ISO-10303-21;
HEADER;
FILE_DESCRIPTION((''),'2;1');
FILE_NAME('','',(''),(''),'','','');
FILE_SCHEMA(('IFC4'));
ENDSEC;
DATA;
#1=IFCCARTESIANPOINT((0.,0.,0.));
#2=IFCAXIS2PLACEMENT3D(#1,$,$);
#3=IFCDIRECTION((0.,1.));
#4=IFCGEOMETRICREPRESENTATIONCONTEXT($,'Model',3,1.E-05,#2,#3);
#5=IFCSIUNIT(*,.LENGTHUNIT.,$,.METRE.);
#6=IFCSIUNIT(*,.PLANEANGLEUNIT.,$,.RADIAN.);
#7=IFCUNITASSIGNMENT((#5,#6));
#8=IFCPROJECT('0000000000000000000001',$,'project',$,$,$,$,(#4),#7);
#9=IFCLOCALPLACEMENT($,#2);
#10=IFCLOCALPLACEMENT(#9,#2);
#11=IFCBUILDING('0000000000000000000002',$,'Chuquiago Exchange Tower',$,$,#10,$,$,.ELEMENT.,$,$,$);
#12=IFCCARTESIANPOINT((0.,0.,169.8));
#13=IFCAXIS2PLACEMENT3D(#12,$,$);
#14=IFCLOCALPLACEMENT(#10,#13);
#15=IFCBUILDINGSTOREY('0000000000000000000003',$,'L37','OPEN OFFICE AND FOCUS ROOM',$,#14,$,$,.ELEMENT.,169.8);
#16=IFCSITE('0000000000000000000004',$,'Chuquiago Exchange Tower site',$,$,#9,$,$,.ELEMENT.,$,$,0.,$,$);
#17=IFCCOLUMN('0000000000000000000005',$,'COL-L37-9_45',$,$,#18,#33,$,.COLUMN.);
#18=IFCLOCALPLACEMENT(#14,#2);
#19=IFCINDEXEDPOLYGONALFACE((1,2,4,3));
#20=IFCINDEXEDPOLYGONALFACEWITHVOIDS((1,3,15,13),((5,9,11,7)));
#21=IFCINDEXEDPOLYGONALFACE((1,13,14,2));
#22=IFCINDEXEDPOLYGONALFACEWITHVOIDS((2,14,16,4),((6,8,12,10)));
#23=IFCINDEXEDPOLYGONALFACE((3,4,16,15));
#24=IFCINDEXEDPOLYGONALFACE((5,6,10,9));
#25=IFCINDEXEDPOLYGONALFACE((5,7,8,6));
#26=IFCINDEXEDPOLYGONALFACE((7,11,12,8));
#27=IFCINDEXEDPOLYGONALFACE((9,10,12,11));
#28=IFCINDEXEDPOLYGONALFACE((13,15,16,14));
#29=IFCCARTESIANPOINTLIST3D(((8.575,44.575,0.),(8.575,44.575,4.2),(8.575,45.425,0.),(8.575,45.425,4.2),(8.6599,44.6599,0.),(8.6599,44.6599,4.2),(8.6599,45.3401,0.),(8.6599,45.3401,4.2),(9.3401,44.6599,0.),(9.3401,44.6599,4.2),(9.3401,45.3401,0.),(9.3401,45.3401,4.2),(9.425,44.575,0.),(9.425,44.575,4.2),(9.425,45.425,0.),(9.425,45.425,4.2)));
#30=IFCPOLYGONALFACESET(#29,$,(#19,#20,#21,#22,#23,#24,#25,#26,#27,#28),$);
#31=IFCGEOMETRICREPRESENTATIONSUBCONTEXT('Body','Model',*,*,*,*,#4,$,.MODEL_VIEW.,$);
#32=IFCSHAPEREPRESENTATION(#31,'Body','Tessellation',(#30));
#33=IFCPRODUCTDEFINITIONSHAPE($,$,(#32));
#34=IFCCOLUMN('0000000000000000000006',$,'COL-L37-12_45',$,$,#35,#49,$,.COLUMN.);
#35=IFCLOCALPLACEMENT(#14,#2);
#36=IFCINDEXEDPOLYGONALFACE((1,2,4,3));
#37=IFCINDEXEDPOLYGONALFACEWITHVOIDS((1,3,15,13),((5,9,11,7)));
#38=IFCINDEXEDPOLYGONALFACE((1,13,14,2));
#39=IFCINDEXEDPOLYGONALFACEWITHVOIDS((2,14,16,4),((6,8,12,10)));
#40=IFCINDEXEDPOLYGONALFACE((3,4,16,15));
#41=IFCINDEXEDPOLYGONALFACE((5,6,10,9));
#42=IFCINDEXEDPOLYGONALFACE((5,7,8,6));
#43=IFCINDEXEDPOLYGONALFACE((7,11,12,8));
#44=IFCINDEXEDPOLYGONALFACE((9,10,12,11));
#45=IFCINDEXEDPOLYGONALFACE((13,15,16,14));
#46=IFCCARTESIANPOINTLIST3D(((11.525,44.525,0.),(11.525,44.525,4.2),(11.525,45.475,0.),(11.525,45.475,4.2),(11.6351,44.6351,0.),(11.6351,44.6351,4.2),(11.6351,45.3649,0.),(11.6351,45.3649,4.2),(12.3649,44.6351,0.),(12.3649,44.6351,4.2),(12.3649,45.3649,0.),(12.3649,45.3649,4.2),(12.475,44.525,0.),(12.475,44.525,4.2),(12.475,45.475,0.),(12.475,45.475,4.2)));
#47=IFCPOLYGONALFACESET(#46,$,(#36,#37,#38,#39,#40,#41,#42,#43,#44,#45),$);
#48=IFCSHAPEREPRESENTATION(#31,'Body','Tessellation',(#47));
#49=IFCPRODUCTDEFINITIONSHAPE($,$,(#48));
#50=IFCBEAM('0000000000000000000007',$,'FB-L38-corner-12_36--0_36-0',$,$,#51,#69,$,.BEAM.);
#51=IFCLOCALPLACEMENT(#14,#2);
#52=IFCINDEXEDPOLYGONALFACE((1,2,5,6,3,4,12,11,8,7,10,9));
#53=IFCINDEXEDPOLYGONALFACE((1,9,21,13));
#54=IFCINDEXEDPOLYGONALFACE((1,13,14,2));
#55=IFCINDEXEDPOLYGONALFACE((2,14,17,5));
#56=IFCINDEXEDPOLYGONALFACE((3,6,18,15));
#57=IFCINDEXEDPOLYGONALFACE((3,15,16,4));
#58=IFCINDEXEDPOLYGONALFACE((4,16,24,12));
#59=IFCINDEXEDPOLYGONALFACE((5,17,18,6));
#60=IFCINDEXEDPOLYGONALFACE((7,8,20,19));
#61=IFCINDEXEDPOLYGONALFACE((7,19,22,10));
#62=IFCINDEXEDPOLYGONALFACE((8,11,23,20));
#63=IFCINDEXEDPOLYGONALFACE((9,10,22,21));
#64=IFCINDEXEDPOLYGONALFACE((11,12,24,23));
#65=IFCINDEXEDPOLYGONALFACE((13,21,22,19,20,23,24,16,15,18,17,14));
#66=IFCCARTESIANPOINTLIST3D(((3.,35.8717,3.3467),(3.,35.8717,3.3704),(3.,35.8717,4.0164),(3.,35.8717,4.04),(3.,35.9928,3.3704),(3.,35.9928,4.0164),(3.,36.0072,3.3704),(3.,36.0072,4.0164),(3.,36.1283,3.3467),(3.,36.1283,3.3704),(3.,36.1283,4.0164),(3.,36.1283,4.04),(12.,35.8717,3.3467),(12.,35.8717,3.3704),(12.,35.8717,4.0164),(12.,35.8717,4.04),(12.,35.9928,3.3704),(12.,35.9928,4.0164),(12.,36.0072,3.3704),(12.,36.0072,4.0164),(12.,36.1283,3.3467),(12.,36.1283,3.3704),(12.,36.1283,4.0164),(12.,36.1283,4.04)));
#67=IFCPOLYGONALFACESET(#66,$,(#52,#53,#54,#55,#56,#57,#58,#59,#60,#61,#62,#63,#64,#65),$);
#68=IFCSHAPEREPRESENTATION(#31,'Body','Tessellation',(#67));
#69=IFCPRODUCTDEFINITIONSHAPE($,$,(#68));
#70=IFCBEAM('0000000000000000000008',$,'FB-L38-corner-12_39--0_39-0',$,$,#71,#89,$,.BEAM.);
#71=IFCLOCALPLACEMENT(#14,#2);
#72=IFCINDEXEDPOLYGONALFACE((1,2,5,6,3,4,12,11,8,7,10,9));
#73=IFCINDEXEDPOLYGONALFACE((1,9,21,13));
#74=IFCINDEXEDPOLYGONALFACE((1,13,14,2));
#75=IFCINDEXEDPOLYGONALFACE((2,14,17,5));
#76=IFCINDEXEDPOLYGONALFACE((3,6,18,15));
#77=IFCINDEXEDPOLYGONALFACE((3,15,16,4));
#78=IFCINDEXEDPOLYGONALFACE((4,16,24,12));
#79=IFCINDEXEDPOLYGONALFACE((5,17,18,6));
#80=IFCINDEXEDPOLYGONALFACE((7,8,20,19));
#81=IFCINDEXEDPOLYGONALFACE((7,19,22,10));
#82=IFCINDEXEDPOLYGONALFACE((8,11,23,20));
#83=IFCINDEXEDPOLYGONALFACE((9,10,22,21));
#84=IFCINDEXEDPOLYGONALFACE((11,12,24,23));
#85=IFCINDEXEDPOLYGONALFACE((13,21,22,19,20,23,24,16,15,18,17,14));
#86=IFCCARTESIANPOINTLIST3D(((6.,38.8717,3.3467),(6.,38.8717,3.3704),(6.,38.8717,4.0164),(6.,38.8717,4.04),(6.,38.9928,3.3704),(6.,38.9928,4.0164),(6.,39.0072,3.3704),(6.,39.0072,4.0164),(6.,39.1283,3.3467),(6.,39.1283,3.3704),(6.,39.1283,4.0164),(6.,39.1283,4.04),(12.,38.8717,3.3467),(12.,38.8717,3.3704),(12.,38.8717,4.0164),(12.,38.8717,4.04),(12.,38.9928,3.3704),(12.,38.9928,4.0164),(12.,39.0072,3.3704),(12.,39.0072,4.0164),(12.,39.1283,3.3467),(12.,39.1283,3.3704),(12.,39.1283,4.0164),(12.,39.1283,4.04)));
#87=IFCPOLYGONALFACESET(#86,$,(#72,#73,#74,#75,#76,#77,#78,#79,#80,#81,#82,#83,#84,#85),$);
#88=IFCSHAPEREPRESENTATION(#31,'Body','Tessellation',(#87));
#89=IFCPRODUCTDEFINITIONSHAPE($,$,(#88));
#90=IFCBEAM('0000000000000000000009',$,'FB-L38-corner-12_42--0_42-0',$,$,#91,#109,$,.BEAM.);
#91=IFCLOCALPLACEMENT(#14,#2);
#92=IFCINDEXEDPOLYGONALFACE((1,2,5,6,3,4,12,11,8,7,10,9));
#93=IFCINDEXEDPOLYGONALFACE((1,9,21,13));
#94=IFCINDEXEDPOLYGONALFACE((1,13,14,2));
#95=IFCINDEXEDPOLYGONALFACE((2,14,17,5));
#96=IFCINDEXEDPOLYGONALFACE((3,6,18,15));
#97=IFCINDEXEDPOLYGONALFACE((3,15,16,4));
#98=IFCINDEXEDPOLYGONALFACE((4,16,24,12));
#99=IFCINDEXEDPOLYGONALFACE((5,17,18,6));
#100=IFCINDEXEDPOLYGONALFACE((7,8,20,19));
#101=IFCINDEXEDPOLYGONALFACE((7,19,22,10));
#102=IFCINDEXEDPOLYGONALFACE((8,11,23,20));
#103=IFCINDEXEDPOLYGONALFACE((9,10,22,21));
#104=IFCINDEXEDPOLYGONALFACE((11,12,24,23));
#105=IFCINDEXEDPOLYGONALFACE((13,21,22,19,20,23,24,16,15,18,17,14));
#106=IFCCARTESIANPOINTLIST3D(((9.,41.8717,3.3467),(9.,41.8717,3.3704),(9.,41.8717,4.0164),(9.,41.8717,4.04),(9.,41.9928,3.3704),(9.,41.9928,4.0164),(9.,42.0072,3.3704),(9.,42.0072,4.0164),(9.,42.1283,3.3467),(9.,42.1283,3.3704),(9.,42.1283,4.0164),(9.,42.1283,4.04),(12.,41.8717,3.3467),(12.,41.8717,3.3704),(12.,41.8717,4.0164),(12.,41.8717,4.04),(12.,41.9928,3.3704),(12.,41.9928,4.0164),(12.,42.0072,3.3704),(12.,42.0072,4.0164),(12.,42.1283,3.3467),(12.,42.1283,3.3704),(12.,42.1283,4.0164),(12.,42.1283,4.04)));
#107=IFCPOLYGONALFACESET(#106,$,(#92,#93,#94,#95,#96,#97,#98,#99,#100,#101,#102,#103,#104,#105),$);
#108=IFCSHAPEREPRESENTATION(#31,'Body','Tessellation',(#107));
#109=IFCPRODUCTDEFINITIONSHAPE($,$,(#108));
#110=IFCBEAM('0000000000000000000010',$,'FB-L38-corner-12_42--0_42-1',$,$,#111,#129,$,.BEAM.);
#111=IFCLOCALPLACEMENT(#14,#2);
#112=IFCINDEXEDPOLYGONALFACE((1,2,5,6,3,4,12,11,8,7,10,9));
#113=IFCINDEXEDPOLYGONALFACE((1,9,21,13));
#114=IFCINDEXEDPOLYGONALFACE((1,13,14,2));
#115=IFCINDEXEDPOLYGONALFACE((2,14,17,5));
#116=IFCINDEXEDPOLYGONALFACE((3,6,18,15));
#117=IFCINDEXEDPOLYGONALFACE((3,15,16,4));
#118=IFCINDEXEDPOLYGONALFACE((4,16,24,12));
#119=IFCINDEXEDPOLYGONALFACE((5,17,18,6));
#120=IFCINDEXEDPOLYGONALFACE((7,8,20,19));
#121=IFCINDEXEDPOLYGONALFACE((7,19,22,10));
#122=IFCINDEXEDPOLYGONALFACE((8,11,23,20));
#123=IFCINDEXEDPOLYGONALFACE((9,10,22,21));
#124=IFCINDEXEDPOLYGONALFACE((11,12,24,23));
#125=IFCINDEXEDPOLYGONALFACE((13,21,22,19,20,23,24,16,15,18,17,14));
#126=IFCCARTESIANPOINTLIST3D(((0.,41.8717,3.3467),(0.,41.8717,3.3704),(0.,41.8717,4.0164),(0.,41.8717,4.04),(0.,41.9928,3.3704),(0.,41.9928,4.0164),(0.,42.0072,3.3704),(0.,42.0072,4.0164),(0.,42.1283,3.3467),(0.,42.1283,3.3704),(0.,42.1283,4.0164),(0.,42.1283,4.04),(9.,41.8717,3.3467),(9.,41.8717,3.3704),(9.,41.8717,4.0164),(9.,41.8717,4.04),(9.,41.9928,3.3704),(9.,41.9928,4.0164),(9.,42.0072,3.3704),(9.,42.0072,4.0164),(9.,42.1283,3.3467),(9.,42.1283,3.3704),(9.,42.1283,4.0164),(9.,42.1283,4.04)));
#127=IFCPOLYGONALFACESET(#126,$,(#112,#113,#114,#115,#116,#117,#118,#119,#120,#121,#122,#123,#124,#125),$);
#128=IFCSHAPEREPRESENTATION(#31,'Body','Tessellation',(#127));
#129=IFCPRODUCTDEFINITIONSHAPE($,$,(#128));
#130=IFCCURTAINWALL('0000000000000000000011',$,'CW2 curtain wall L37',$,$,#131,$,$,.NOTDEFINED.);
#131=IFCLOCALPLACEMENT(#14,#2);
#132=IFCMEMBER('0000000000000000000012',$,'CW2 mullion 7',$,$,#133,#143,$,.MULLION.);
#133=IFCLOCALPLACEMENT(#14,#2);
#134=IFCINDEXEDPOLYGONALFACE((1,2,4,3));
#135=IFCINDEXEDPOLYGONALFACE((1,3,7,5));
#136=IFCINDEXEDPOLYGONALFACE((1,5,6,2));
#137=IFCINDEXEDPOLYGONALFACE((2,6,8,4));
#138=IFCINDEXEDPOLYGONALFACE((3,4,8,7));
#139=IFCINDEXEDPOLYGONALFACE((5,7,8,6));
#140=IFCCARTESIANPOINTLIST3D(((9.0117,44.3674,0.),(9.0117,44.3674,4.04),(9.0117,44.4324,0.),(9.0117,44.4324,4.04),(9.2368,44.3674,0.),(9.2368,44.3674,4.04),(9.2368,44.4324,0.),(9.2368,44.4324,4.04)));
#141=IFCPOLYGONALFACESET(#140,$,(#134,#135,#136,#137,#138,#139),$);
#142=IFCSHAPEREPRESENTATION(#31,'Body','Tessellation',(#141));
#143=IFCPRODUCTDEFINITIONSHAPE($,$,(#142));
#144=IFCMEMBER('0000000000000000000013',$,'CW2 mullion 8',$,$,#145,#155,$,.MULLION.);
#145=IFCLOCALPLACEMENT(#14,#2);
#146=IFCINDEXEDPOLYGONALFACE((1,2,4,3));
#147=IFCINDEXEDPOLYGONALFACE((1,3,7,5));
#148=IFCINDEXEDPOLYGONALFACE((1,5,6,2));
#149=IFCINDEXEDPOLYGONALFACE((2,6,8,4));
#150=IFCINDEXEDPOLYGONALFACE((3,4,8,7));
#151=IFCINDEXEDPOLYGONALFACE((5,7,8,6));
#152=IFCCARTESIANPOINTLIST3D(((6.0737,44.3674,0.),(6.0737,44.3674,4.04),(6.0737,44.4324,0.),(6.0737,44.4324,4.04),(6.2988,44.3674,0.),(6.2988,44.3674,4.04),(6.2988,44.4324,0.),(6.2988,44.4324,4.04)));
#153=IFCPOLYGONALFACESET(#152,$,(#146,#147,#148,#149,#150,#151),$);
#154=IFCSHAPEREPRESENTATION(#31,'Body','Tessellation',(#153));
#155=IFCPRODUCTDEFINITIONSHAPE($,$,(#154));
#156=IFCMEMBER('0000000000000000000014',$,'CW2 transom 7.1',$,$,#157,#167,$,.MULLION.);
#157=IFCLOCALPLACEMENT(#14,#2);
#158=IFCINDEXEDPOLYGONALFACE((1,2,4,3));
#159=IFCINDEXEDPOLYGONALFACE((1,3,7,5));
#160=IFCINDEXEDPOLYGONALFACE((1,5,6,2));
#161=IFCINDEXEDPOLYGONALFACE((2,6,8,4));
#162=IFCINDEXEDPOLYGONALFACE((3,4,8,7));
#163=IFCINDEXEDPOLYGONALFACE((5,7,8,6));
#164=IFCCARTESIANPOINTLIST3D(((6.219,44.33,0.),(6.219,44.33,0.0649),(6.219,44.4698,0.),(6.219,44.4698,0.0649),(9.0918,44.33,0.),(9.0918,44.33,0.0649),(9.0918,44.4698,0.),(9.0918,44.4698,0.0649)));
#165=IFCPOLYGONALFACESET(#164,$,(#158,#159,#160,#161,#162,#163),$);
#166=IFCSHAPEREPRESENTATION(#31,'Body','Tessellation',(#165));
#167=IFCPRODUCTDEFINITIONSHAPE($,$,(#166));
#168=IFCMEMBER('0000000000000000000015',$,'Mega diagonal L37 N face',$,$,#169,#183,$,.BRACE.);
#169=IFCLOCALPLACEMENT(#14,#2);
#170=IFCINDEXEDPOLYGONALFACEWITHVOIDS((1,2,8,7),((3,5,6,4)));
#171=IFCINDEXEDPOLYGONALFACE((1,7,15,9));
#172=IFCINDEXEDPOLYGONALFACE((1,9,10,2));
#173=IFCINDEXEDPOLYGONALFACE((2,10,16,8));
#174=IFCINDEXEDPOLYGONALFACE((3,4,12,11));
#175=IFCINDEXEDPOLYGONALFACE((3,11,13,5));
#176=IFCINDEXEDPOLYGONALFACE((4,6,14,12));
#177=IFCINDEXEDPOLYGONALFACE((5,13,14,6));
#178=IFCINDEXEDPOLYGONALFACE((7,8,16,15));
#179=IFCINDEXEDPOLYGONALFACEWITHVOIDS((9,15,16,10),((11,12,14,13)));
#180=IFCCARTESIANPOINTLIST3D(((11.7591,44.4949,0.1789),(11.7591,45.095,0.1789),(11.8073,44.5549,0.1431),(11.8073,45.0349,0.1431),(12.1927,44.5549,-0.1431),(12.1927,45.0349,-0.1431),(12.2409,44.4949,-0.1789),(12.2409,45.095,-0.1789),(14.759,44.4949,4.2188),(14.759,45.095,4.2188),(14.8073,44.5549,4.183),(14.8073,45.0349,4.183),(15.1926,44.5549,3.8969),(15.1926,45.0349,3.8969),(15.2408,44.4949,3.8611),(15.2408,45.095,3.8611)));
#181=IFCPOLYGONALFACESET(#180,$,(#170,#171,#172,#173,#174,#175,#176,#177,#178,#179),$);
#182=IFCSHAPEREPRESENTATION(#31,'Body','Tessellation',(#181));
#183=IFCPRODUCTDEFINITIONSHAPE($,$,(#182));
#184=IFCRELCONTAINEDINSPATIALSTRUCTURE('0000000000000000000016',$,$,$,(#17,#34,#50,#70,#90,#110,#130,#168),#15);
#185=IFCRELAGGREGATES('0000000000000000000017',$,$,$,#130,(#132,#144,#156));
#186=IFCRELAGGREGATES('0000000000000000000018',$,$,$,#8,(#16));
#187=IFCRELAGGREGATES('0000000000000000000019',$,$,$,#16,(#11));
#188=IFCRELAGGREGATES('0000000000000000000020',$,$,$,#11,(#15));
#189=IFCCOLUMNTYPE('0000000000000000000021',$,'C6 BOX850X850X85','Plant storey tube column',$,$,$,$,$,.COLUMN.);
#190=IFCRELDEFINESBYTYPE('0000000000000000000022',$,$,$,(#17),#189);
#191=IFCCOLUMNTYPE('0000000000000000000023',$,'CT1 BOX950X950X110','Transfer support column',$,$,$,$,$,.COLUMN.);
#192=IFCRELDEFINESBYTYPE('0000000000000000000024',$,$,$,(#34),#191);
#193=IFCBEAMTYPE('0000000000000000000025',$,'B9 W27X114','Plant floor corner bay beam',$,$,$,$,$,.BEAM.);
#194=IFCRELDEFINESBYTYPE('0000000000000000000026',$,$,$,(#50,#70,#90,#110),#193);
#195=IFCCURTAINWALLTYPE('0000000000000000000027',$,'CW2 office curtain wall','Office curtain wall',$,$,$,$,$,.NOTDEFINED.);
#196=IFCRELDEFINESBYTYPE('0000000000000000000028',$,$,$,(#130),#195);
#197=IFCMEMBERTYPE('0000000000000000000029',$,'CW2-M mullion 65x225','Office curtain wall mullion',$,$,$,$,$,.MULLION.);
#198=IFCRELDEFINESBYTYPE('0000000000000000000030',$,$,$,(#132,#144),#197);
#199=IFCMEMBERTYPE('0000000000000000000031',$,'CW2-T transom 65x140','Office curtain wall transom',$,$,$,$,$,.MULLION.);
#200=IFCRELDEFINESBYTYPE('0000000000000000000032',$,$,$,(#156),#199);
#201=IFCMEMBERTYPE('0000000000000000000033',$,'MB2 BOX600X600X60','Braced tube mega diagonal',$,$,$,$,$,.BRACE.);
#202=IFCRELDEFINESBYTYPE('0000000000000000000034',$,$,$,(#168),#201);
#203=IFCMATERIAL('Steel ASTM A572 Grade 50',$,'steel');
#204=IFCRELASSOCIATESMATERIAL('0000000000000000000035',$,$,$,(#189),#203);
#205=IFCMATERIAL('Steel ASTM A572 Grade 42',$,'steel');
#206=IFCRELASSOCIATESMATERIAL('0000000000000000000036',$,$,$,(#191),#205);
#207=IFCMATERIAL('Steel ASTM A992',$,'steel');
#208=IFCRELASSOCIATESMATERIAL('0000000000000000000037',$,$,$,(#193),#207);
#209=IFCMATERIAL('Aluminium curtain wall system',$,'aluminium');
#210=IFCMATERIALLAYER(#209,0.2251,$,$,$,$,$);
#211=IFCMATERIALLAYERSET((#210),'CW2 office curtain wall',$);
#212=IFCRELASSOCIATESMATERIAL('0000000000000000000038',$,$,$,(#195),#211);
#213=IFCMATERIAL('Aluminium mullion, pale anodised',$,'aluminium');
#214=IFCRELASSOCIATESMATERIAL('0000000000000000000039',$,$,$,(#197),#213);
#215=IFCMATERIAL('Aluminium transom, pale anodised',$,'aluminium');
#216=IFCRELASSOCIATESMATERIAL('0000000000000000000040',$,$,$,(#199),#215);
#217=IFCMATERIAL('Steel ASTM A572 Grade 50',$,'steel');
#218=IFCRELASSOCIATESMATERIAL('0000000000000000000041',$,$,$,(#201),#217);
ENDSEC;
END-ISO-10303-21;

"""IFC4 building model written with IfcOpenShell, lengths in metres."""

from ifc_helpers import new_model, si_unit, direction, frame, origin, origin_2d, place, context, subcontext, project, spatial, rectangle, hollow_rectangle, i_section, extrude, material, layer, layer_set, material_profile, profile_set, type_object, element, aggregate, save


model = new_model("IFC4")

# Units and contexts
model_context = context("Model", 3, precision=1e-05, world=origin(), true_north=direction((0.0, 1.0)))
body_context = subcontext(model_context, "Body", "Model", "MODEL_VIEW")
ifc_project = project(units=[si_unit("LENGTHUNIT", "METRE"), si_unit("PLANEANGLEUNIT", "RADIAN")], contexts=[model_context])

# Site, building, storey
site_placement = place(None, origin())
site = spatial("IfcSite", under=ifc_project, at=site_placement, Name="Chuquiago Exchange Tower site", CompositionType="ELEMENT", RefElevation=0.0)
building_placement = place(site_placement, origin())
building = spatial("IfcBuilding", under=site, at=building_placement, Name="Chuquiago Exchange Tower", CompositionType="ELEMENT")
storey_placement = place(building_placement, frame((0.0, 0.0, 169.8)))
storey = spatial("IfcBuildingStorey", under=building, at=storey_placement, Name="L37", Description="OPEN OFFICE AND FOCUS ROOM", CompositionType="ELEMENT", Elevation=169.8)

# Columns
ifc_material_1 = material(Name="Steel ASTM A572 Grade 50", Category="steel")
ifc_material_profile_1 = material_profile(ifc_material_1, hollow_rectangle(XDim=0.8501, YDim=0.8501, WallThickness=0.085, at=origin_2d()), Name="BOX850X850X85")
ifc_profile_set_1 = profile_set([ifc_material_profile_1], Name="Steel ASTM A572 Grade 50")
column_type_1 = type_object("IfcColumnType", Name="C6 BOX850X850X85", Description="Plant storey tube column", PredefinedType="COLUMN", material=ifc_profile_set_1)
column_1_placement = place(storey_placement, frame((9.0, 45.0, 0.0), z_axis=(0.0, 0.0, 1.0), x_axis=(0.0, 1.0, 0.0)))
element("IfcColumn", 1, at=column_1_placement, inside=storey, type_object=column_type_1, Name="COL-L37-9_45", PredefinedType="COLUMN", context=body_context, shape_type="SweptSolid", body=[
    extrude(hollow_rectangle(XDim=0.8501, YDim=0.8501, WallThickness=0.085, at=origin_2d()), origin(), (0.0, 0.0, 1.0), 4.2),
])
ifc_material_2 = material(Name="Steel ASTM A572 Grade 42", Category="steel")
ifc_material_profile_2 = material_profile(ifc_material_2, hollow_rectangle(XDim=0.95, YDim=0.95, WallThickness=0.1101, at=origin_2d()), Name="BOX950X950X110")
ifc_profile_set_2 = profile_set([ifc_material_profile_2], Name="Steel ASTM A572 Grade 42")
column_type_2 = type_object("IfcColumnType", Name="CT1 BOX950X950X110", Description="Transfer support column", PredefinedType="COLUMN", material=ifc_profile_set_2)
column_2_placement = place(storey_placement, frame((12.0, 45.0, 0.0), z_axis=(0.0, 0.0, 1.0), x_axis=(0.0, 1.0, 0.0)))
element("IfcColumn", 2, at=column_2_placement, inside=storey, type_object=column_type_2, Name="COL-L37-12_45", PredefinedType="COLUMN", context=body_context, shape_type="SweptSolid", body=[
    extrude(hollow_rectangle(XDim=0.95, YDim=0.95, WallThickness=0.1101, at=origin_2d()), origin(), (0.0, 0.0, 1.0), 4.2),
])

# Beams
ifc_material_3 = material(Name="Steel ASTM A992", Category="steel")
ifc_material_profile_3 = material_profile(ifc_material_3, i_section(OverallWidth=0.2566, OverallDepth=0.6934, WebThickness=0.0144, FlangeThickness=0.0237, at=origin_2d()), Name="W27X114")
ifc_profile_set_3 = profile_set([ifc_material_profile_3], Name="Steel ASTM A992")
beam_type_1 = type_object("IfcBeamType", Name="B9 W27X114", Description="Plant floor corner bay beam", PredefinedType="BEAM", material=ifc_profile_set_3)
beam_1_placement = place(storey_placement, frame((12.0, 36.0, 3.6934), z_axis=(-1.0, 0.0, 0.0), x_axis=(0.0, -1.0, 0.0)))
element("IfcBeam", 3, at=beam_1_placement, inside=storey, type_object=beam_type_1, Name="FB-L38-corner-12_36--0_36-0", PredefinedType="BEAM", context=body_context, shape_type="SweptSolid", body=[
    extrude(i_section(OverallWidth=0.2566, OverallDepth=0.6934, WebThickness=0.0144, FlangeThickness=0.0237, at=origin_2d()), origin(), (0.0, 0.0, 1.0), 9.0),
])
beam_2_placement = place(storey_placement, frame((12.0, 39.0, 3.6934), z_axis=(-1.0, 0.0, 0.0), x_axis=(0.0, -1.0, 0.0)))
element("IfcBeam", 4, at=beam_2_placement, inside=storey, type_object=beam_type_1, Name="FB-L38-corner-12_39--0_39-0", PredefinedType="BEAM", context=body_context, shape_type="SweptSolid", body=[
    extrude(i_section(OverallWidth=0.2566, OverallDepth=0.6934, WebThickness=0.0144, FlangeThickness=0.0237, at=origin_2d()), origin(), (0.0, 0.0, 1.0), 6.0),
])
beam_3_placement = place(storey_placement, frame((12.0, 42.0, 3.6934), z_axis=(-1.0, 0.0, 0.0), x_axis=(0.0, -1.0, 0.0)))
element("IfcBeam", 5, at=beam_3_placement, inside=storey, type_object=beam_type_1, Name="FB-L38-corner-12_42--0_42-0", PredefinedType="BEAM", context=body_context, shape_type="SweptSolid", body=[
    extrude(i_section(OverallWidth=0.2566, OverallDepth=0.6934, WebThickness=0.0144, FlangeThickness=0.0237, at=origin_2d()), origin(), (0.0, 0.0, 1.0), 3.0),
])
beam_4_placement = place(storey_placement, frame((9.0, 42.0, 3.6934), z_axis=(-1.0, 0.0, 0.0), x_axis=(0.0, -1.0, 0.0)))
element("IfcBeam", 6, at=beam_4_placement, inside=storey, type_object=beam_type_1, Name="FB-L38-corner-12_42--0_42-1", PredefinedType="BEAM", context=body_context, shape_type="SweptSolid", body=[
    extrude(i_section(OverallWidth=0.2566, OverallDepth=0.6934, WebThickness=0.0144, FlangeThickness=0.0237, at=origin_2d()), origin(), (0.0, 0.0, 1.0), 9.0),
])

# Curtain wall, members
ifc_material_4 = material(Name="Aluminium curtain wall system", Category="aluminium")
ifc_layer_1 = layer(ifc_material_4, 0.2251)
ifc_layer_set_1 = layer_set([ifc_layer_1], Name="CW2 office curtain wall")
curtain_wall_type = type_object("IfcCurtainWallType", Name="CW2 office curtain wall", Description="Office curtain wall", PredefinedType="NOTDEFINED", material=ifc_layer_set_1)
curtain_wall_placement = place(storey_placement, origin())
curtain_wall = element("IfcCurtainWall", 7, at=curtain_wall_placement, inside=storey, type_object=curtain_wall_type, Name="CW2 curtain wall L37", PredefinedType="NOTDEFINED")
ifc_material_5 = material(Name="Aluminium mullion, pale anodised", Category="aluminium")
ifc_material_profile_4 = material_profile(ifc_material_5, rectangle(XDim=0.0649, YDim=0.2251, at=origin_2d()), Name="AL 65x225")
ifc_profile_set_4 = profile_set([ifc_material_profile_4], Name="Aluminium mullion, pale anodised")
member_type_1 = type_object("IfcMemberType", Name="CW2-M mullion 65x225", Description="Office curtain wall mullion", PredefinedType="MULLION", material=ifc_profile_set_4)
member_1_placement = place(storey_placement, frame((9.1243, 44.3999, 0.0), z_axis=(0.0, 0.0, 1.0), x_axis=(0.0, -1.0, 0.0)))
member_1 = element("IfcMember", 8, at=member_1_placement, type_object=member_type_1, Name="CW2 mullion 7", PredefinedType="MULLION", context=body_context, shape_type="SweptSolid", body=[
    extrude(rectangle(XDim=0.0649, YDim=0.2251, at=origin_2d()), origin(), (0.0, 0.0, 1.0), 4.04),
])
member_2_placement = place(storey_placement, frame((6.1863, 44.3999, 0.0), z_axis=(0.0, 0.0, 1.0), x_axis=(0.0, -1.0, 0.0)))
member_2 = element("IfcMember", 9, at=member_2_placement, type_object=member_type_1, Name="CW2 mullion 8", PredefinedType="MULLION", context=body_context, shape_type="SweptSolid", body=[
    extrude(rectangle(XDim=0.0649, YDim=0.2251, at=origin_2d()), origin(), (0.0, 0.0, 1.0), 4.04),
])
ifc_material_6 = material(Name="Aluminium transom, pale anodised", Category="aluminium")
ifc_material_profile_5 = material_profile(ifc_material_6, rectangle(XDim=0.1399, YDim=0.0649, at=origin_2d()), Name="AL 140x65")
ifc_profile_set_5 = profile_set([ifc_material_profile_5], Name="Aluminium transom, pale anodised")
member_type_2 = type_object("IfcMemberType", Name="CW2-T transom 65x140", Description="Office curtain wall transom", PredefinedType="MULLION", material=ifc_profile_set_5)
member_3_placement = place(storey_placement, frame((9.0918, 44.3999, 0.0325), z_axis=(-1.0, 0.0, 0.0), x_axis=(0.0, -1.0, 0.0)))
member_3 = element("IfcMember", 10, at=member_3_placement, type_object=member_type_2, Name="CW2 transom 7.1", PredefinedType="MULLION", context=body_context, shape_type="SweptSolid", body=[
    extrude(rectangle(XDim=0.1399, YDim=0.0649, at=origin_2d()), origin(), (0.0, 0.0, 1.0), 2.8728),
])

# Member
ifc_material_7 = material(Name="Steel ASTM A572 Grade 50", Category="steel")
ifc_material_profile_6 = material_profile(ifc_material_7, hollow_rectangle(XDim=0.6001, YDim=0.6001, WallThickness=0.0601, at=origin_2d()), Name="BOX600X600X60")
ifc_profile_set_6 = profile_set([ifc_material_profile_6], Name="Steel ASTM A572 Grade 50")
member_type_3 = type_object("IfcMemberType", Name="MB2 BOX600X600X60", Description="Braced tube mega diagonal", PredefinedType="BRACE", material=ifc_profile_set_6)
for number, where, z_axis, x_axis, name in (
    (11, (12.0, 44.7949, 0.0), (0.596174, 0.0, 0.802855), (0.0, 1.0, 0.0), "Mega diagonal L37 N face"),
):
    element("IfcMember", number, at=place(storey_placement, frame(where, z_axis=z_axis, x_axis=x_axis)), inside=storey, type_object=member_type_3, Name=name, PredefinedType="BRACE", context=body_context, shape_type="SweptSolid", body=[
        extrude(hollow_rectangle(XDim=0.6001, YDim=0.6001, WallThickness=0.0601, at=origin_2d()), origin(), (0.0, 0.0, 1.0), 5.032),
    ])

aggregate(curtain_wall, [member_1, member_2, member_3])

save(model, "model.ifc")
